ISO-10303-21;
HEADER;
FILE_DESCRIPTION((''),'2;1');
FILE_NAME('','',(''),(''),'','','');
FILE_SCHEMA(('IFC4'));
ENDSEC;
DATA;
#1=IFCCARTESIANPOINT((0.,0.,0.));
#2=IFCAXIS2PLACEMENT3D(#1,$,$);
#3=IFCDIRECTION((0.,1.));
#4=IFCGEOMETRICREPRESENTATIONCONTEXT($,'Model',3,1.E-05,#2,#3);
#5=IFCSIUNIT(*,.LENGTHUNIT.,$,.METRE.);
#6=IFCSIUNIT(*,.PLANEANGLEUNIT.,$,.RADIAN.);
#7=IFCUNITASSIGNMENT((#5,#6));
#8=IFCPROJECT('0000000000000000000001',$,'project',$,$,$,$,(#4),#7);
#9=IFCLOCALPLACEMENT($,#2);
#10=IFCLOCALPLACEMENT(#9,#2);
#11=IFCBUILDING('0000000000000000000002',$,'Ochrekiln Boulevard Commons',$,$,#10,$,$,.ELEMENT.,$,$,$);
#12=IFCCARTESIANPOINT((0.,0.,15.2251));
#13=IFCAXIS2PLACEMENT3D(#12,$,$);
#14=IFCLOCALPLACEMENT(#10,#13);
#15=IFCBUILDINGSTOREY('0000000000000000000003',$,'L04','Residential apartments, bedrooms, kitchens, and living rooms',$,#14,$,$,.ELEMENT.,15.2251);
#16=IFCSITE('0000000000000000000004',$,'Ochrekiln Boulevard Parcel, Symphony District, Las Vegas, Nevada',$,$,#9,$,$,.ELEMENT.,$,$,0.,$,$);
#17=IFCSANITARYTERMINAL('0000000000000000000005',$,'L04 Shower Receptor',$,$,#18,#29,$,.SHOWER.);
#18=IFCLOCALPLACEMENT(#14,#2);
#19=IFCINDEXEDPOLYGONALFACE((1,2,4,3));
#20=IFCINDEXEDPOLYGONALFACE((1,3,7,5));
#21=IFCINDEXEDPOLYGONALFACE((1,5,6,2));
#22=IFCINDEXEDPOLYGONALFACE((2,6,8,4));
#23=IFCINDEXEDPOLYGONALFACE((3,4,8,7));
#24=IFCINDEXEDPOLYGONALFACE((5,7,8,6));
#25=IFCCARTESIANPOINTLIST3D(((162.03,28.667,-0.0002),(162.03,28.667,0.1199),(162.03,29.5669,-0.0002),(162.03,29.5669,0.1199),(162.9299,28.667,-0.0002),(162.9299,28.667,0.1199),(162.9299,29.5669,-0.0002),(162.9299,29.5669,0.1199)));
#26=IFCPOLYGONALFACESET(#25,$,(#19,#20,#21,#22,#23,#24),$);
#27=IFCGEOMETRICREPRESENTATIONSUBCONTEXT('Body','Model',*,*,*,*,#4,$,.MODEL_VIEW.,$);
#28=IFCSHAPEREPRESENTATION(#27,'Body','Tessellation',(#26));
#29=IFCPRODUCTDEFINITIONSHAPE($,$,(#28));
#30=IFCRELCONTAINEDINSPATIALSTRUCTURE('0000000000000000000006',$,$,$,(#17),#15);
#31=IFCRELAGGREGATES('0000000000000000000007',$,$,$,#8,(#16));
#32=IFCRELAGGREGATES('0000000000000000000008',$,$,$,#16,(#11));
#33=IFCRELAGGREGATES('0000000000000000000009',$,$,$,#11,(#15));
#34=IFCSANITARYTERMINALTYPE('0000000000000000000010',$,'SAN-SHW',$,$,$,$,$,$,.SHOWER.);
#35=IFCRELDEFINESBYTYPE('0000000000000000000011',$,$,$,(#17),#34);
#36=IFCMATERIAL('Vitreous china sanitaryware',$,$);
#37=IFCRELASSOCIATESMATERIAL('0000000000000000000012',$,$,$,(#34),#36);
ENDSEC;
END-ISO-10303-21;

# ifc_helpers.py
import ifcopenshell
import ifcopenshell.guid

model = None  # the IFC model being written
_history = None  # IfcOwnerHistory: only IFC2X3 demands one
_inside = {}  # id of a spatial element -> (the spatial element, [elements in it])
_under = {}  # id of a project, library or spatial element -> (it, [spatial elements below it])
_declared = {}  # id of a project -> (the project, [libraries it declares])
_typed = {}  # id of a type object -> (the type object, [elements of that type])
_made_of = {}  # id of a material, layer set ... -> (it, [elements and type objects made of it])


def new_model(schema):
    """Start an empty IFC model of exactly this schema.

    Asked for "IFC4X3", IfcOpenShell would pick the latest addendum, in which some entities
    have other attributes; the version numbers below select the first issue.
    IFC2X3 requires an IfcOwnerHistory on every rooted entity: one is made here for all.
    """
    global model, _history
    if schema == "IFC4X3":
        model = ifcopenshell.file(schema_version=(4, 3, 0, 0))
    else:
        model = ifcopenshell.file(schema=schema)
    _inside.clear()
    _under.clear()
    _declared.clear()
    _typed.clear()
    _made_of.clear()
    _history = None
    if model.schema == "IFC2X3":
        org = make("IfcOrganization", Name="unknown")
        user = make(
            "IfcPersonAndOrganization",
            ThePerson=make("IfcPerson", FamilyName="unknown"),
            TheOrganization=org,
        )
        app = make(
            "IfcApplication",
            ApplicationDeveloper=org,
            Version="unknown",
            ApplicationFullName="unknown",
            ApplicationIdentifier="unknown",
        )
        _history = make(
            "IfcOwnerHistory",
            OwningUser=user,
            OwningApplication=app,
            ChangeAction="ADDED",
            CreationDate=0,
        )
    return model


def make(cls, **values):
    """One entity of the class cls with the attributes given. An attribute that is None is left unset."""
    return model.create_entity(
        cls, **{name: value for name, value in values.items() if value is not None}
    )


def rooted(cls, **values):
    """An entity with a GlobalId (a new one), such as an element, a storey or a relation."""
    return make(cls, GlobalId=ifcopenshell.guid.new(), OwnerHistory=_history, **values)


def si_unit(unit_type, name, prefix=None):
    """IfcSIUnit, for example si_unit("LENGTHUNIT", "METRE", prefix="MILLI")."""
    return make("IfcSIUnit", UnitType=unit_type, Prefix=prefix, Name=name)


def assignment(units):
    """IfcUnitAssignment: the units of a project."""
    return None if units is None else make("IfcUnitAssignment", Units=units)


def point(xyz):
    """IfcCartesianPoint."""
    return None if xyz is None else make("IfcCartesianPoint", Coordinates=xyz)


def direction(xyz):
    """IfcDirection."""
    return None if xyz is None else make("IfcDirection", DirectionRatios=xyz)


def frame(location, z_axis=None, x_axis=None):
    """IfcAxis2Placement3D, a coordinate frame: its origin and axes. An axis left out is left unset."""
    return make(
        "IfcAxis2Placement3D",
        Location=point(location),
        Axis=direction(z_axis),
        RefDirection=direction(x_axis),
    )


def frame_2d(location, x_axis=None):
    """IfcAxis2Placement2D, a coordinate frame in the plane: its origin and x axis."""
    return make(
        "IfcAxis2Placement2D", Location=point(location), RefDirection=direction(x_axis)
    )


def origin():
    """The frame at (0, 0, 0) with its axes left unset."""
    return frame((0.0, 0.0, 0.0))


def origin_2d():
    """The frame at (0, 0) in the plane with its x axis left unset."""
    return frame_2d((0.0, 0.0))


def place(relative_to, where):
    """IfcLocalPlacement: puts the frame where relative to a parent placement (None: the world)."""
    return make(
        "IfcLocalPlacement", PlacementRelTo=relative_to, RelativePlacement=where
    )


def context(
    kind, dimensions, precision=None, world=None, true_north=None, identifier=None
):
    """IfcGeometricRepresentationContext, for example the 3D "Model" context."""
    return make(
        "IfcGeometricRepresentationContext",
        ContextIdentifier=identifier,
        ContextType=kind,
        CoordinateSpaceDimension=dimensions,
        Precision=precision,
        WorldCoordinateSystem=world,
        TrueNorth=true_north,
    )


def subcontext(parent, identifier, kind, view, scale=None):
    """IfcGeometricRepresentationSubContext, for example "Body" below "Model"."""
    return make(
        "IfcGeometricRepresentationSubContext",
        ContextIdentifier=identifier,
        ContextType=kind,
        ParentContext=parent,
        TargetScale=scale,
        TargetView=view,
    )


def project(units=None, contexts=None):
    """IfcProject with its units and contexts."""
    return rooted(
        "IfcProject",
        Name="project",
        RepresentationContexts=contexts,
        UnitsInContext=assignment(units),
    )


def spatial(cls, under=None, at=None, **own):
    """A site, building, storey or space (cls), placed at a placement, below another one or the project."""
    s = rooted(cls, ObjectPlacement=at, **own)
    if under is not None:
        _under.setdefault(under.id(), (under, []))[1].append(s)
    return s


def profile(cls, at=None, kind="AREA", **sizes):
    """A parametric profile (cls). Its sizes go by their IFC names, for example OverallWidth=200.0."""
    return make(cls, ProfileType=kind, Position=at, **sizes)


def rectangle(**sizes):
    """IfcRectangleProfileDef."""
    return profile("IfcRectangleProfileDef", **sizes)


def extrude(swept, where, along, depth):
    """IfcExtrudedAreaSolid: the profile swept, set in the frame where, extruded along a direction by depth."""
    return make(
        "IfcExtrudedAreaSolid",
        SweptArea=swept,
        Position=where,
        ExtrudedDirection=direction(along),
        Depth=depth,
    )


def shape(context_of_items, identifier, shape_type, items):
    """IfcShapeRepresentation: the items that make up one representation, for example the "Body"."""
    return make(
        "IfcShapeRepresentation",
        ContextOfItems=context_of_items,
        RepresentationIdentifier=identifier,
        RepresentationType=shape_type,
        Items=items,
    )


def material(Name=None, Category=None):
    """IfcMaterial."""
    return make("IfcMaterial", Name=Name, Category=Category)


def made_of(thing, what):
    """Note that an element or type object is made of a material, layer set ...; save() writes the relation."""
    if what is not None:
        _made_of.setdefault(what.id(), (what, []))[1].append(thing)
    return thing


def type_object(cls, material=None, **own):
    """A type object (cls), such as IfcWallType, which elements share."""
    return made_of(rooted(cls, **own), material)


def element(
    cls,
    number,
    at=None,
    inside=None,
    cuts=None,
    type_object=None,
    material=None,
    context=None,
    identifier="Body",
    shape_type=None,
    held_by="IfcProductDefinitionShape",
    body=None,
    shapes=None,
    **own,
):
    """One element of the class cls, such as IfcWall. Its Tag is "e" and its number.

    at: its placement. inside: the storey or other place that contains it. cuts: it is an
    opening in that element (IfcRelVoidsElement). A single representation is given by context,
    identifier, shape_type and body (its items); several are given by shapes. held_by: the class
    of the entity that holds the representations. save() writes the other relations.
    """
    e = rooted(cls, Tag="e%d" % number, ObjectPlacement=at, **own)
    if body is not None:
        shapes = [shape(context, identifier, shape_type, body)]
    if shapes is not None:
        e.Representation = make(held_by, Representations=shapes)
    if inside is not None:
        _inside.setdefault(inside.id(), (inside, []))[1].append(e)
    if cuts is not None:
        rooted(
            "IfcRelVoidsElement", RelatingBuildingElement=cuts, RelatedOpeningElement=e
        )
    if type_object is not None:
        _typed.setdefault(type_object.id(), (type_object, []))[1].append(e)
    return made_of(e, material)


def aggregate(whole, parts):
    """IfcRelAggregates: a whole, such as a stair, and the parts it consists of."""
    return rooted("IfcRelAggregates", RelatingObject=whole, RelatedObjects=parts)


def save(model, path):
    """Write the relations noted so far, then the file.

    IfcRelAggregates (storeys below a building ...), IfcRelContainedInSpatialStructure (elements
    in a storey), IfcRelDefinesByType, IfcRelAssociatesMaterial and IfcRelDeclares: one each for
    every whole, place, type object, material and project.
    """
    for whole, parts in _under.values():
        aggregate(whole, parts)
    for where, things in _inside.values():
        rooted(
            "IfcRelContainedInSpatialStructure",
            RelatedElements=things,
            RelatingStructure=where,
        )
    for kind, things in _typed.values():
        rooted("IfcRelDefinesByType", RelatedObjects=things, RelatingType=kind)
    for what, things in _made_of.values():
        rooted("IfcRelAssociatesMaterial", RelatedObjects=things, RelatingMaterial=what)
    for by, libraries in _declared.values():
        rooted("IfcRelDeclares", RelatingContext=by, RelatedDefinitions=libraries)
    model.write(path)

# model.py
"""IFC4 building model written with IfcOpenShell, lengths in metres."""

from ifc_helpers import new_model, si_unit, direction, frame, origin, origin_2d, place, context, subcontext, project, spatial, rectangle, extrude, material, type_object, element, save


model = new_model("IFC4")

# Units and contexts
model_context = context("Model", 3, precision=1e-05, world=origin(), true_north=direction((0.0, 1.0)))
body_context = subcontext(model_context, "Body", "Model", "MODEL_VIEW")
ifc_project = project(units=[si_unit("LENGTHUNIT", "METRE"), si_unit("PLANEANGLEUNIT", "RADIAN")], contexts=[model_context])

# Site, building, storey
site_placement = place(None, origin())
site = spatial("IfcSite", under=ifc_project, at=site_placement, Name="Ochrekiln Boulevard Parcel, Symphony District, Las Vegas, Nevada", CompositionType="ELEMENT", RefElevation=0.0)
building_placement = place(site_placement, origin())
building = spatial("IfcBuilding", under=site, at=building_placement, Name="Ochrekiln Boulevard Commons", CompositionType="ELEMENT")
storey_placement = place(building_placement, frame((0.0, 0.0, 15.2251)))
storey = spatial("IfcBuildingStorey", under=building, at=storey_placement, Name="L04", Description="Residential apartments, bedrooms, kitchens, and living rooms", CompositionType="ELEMENT", Elevation=15.2251)

# Sanitary terminal
ifc_material_1 = material(Name="Vitreous china sanitaryware")
sanitary_terminal_type = type_object("IfcSanitaryTerminalType", Name="SAN-SHW", PredefinedType="SHOWER", material=ifc_material_1)
sanitary_terminal_placement = place(storey_placement, frame((162.48, 29.1169, -0.0002), z_axis=(0.0, 0.0, 1.0), x_axis=(1.0, 0.0, 0.0)))
element("IfcSanitaryTerminal", 1, at=sanitary_terminal_placement, inside=storey, type_object=sanitary_terminal_type, Name="L04 Shower Receptor", PredefinedType="SHOWER", context=body_context, shape_type="SweptSolid", body=[
    extrude(rectangle(XDim=0.8999, YDim=0.8999, at=origin_2d()), origin(), (0.0, 0.0, 1.0), 0.1201),
])

save(model, "model.ifc")
